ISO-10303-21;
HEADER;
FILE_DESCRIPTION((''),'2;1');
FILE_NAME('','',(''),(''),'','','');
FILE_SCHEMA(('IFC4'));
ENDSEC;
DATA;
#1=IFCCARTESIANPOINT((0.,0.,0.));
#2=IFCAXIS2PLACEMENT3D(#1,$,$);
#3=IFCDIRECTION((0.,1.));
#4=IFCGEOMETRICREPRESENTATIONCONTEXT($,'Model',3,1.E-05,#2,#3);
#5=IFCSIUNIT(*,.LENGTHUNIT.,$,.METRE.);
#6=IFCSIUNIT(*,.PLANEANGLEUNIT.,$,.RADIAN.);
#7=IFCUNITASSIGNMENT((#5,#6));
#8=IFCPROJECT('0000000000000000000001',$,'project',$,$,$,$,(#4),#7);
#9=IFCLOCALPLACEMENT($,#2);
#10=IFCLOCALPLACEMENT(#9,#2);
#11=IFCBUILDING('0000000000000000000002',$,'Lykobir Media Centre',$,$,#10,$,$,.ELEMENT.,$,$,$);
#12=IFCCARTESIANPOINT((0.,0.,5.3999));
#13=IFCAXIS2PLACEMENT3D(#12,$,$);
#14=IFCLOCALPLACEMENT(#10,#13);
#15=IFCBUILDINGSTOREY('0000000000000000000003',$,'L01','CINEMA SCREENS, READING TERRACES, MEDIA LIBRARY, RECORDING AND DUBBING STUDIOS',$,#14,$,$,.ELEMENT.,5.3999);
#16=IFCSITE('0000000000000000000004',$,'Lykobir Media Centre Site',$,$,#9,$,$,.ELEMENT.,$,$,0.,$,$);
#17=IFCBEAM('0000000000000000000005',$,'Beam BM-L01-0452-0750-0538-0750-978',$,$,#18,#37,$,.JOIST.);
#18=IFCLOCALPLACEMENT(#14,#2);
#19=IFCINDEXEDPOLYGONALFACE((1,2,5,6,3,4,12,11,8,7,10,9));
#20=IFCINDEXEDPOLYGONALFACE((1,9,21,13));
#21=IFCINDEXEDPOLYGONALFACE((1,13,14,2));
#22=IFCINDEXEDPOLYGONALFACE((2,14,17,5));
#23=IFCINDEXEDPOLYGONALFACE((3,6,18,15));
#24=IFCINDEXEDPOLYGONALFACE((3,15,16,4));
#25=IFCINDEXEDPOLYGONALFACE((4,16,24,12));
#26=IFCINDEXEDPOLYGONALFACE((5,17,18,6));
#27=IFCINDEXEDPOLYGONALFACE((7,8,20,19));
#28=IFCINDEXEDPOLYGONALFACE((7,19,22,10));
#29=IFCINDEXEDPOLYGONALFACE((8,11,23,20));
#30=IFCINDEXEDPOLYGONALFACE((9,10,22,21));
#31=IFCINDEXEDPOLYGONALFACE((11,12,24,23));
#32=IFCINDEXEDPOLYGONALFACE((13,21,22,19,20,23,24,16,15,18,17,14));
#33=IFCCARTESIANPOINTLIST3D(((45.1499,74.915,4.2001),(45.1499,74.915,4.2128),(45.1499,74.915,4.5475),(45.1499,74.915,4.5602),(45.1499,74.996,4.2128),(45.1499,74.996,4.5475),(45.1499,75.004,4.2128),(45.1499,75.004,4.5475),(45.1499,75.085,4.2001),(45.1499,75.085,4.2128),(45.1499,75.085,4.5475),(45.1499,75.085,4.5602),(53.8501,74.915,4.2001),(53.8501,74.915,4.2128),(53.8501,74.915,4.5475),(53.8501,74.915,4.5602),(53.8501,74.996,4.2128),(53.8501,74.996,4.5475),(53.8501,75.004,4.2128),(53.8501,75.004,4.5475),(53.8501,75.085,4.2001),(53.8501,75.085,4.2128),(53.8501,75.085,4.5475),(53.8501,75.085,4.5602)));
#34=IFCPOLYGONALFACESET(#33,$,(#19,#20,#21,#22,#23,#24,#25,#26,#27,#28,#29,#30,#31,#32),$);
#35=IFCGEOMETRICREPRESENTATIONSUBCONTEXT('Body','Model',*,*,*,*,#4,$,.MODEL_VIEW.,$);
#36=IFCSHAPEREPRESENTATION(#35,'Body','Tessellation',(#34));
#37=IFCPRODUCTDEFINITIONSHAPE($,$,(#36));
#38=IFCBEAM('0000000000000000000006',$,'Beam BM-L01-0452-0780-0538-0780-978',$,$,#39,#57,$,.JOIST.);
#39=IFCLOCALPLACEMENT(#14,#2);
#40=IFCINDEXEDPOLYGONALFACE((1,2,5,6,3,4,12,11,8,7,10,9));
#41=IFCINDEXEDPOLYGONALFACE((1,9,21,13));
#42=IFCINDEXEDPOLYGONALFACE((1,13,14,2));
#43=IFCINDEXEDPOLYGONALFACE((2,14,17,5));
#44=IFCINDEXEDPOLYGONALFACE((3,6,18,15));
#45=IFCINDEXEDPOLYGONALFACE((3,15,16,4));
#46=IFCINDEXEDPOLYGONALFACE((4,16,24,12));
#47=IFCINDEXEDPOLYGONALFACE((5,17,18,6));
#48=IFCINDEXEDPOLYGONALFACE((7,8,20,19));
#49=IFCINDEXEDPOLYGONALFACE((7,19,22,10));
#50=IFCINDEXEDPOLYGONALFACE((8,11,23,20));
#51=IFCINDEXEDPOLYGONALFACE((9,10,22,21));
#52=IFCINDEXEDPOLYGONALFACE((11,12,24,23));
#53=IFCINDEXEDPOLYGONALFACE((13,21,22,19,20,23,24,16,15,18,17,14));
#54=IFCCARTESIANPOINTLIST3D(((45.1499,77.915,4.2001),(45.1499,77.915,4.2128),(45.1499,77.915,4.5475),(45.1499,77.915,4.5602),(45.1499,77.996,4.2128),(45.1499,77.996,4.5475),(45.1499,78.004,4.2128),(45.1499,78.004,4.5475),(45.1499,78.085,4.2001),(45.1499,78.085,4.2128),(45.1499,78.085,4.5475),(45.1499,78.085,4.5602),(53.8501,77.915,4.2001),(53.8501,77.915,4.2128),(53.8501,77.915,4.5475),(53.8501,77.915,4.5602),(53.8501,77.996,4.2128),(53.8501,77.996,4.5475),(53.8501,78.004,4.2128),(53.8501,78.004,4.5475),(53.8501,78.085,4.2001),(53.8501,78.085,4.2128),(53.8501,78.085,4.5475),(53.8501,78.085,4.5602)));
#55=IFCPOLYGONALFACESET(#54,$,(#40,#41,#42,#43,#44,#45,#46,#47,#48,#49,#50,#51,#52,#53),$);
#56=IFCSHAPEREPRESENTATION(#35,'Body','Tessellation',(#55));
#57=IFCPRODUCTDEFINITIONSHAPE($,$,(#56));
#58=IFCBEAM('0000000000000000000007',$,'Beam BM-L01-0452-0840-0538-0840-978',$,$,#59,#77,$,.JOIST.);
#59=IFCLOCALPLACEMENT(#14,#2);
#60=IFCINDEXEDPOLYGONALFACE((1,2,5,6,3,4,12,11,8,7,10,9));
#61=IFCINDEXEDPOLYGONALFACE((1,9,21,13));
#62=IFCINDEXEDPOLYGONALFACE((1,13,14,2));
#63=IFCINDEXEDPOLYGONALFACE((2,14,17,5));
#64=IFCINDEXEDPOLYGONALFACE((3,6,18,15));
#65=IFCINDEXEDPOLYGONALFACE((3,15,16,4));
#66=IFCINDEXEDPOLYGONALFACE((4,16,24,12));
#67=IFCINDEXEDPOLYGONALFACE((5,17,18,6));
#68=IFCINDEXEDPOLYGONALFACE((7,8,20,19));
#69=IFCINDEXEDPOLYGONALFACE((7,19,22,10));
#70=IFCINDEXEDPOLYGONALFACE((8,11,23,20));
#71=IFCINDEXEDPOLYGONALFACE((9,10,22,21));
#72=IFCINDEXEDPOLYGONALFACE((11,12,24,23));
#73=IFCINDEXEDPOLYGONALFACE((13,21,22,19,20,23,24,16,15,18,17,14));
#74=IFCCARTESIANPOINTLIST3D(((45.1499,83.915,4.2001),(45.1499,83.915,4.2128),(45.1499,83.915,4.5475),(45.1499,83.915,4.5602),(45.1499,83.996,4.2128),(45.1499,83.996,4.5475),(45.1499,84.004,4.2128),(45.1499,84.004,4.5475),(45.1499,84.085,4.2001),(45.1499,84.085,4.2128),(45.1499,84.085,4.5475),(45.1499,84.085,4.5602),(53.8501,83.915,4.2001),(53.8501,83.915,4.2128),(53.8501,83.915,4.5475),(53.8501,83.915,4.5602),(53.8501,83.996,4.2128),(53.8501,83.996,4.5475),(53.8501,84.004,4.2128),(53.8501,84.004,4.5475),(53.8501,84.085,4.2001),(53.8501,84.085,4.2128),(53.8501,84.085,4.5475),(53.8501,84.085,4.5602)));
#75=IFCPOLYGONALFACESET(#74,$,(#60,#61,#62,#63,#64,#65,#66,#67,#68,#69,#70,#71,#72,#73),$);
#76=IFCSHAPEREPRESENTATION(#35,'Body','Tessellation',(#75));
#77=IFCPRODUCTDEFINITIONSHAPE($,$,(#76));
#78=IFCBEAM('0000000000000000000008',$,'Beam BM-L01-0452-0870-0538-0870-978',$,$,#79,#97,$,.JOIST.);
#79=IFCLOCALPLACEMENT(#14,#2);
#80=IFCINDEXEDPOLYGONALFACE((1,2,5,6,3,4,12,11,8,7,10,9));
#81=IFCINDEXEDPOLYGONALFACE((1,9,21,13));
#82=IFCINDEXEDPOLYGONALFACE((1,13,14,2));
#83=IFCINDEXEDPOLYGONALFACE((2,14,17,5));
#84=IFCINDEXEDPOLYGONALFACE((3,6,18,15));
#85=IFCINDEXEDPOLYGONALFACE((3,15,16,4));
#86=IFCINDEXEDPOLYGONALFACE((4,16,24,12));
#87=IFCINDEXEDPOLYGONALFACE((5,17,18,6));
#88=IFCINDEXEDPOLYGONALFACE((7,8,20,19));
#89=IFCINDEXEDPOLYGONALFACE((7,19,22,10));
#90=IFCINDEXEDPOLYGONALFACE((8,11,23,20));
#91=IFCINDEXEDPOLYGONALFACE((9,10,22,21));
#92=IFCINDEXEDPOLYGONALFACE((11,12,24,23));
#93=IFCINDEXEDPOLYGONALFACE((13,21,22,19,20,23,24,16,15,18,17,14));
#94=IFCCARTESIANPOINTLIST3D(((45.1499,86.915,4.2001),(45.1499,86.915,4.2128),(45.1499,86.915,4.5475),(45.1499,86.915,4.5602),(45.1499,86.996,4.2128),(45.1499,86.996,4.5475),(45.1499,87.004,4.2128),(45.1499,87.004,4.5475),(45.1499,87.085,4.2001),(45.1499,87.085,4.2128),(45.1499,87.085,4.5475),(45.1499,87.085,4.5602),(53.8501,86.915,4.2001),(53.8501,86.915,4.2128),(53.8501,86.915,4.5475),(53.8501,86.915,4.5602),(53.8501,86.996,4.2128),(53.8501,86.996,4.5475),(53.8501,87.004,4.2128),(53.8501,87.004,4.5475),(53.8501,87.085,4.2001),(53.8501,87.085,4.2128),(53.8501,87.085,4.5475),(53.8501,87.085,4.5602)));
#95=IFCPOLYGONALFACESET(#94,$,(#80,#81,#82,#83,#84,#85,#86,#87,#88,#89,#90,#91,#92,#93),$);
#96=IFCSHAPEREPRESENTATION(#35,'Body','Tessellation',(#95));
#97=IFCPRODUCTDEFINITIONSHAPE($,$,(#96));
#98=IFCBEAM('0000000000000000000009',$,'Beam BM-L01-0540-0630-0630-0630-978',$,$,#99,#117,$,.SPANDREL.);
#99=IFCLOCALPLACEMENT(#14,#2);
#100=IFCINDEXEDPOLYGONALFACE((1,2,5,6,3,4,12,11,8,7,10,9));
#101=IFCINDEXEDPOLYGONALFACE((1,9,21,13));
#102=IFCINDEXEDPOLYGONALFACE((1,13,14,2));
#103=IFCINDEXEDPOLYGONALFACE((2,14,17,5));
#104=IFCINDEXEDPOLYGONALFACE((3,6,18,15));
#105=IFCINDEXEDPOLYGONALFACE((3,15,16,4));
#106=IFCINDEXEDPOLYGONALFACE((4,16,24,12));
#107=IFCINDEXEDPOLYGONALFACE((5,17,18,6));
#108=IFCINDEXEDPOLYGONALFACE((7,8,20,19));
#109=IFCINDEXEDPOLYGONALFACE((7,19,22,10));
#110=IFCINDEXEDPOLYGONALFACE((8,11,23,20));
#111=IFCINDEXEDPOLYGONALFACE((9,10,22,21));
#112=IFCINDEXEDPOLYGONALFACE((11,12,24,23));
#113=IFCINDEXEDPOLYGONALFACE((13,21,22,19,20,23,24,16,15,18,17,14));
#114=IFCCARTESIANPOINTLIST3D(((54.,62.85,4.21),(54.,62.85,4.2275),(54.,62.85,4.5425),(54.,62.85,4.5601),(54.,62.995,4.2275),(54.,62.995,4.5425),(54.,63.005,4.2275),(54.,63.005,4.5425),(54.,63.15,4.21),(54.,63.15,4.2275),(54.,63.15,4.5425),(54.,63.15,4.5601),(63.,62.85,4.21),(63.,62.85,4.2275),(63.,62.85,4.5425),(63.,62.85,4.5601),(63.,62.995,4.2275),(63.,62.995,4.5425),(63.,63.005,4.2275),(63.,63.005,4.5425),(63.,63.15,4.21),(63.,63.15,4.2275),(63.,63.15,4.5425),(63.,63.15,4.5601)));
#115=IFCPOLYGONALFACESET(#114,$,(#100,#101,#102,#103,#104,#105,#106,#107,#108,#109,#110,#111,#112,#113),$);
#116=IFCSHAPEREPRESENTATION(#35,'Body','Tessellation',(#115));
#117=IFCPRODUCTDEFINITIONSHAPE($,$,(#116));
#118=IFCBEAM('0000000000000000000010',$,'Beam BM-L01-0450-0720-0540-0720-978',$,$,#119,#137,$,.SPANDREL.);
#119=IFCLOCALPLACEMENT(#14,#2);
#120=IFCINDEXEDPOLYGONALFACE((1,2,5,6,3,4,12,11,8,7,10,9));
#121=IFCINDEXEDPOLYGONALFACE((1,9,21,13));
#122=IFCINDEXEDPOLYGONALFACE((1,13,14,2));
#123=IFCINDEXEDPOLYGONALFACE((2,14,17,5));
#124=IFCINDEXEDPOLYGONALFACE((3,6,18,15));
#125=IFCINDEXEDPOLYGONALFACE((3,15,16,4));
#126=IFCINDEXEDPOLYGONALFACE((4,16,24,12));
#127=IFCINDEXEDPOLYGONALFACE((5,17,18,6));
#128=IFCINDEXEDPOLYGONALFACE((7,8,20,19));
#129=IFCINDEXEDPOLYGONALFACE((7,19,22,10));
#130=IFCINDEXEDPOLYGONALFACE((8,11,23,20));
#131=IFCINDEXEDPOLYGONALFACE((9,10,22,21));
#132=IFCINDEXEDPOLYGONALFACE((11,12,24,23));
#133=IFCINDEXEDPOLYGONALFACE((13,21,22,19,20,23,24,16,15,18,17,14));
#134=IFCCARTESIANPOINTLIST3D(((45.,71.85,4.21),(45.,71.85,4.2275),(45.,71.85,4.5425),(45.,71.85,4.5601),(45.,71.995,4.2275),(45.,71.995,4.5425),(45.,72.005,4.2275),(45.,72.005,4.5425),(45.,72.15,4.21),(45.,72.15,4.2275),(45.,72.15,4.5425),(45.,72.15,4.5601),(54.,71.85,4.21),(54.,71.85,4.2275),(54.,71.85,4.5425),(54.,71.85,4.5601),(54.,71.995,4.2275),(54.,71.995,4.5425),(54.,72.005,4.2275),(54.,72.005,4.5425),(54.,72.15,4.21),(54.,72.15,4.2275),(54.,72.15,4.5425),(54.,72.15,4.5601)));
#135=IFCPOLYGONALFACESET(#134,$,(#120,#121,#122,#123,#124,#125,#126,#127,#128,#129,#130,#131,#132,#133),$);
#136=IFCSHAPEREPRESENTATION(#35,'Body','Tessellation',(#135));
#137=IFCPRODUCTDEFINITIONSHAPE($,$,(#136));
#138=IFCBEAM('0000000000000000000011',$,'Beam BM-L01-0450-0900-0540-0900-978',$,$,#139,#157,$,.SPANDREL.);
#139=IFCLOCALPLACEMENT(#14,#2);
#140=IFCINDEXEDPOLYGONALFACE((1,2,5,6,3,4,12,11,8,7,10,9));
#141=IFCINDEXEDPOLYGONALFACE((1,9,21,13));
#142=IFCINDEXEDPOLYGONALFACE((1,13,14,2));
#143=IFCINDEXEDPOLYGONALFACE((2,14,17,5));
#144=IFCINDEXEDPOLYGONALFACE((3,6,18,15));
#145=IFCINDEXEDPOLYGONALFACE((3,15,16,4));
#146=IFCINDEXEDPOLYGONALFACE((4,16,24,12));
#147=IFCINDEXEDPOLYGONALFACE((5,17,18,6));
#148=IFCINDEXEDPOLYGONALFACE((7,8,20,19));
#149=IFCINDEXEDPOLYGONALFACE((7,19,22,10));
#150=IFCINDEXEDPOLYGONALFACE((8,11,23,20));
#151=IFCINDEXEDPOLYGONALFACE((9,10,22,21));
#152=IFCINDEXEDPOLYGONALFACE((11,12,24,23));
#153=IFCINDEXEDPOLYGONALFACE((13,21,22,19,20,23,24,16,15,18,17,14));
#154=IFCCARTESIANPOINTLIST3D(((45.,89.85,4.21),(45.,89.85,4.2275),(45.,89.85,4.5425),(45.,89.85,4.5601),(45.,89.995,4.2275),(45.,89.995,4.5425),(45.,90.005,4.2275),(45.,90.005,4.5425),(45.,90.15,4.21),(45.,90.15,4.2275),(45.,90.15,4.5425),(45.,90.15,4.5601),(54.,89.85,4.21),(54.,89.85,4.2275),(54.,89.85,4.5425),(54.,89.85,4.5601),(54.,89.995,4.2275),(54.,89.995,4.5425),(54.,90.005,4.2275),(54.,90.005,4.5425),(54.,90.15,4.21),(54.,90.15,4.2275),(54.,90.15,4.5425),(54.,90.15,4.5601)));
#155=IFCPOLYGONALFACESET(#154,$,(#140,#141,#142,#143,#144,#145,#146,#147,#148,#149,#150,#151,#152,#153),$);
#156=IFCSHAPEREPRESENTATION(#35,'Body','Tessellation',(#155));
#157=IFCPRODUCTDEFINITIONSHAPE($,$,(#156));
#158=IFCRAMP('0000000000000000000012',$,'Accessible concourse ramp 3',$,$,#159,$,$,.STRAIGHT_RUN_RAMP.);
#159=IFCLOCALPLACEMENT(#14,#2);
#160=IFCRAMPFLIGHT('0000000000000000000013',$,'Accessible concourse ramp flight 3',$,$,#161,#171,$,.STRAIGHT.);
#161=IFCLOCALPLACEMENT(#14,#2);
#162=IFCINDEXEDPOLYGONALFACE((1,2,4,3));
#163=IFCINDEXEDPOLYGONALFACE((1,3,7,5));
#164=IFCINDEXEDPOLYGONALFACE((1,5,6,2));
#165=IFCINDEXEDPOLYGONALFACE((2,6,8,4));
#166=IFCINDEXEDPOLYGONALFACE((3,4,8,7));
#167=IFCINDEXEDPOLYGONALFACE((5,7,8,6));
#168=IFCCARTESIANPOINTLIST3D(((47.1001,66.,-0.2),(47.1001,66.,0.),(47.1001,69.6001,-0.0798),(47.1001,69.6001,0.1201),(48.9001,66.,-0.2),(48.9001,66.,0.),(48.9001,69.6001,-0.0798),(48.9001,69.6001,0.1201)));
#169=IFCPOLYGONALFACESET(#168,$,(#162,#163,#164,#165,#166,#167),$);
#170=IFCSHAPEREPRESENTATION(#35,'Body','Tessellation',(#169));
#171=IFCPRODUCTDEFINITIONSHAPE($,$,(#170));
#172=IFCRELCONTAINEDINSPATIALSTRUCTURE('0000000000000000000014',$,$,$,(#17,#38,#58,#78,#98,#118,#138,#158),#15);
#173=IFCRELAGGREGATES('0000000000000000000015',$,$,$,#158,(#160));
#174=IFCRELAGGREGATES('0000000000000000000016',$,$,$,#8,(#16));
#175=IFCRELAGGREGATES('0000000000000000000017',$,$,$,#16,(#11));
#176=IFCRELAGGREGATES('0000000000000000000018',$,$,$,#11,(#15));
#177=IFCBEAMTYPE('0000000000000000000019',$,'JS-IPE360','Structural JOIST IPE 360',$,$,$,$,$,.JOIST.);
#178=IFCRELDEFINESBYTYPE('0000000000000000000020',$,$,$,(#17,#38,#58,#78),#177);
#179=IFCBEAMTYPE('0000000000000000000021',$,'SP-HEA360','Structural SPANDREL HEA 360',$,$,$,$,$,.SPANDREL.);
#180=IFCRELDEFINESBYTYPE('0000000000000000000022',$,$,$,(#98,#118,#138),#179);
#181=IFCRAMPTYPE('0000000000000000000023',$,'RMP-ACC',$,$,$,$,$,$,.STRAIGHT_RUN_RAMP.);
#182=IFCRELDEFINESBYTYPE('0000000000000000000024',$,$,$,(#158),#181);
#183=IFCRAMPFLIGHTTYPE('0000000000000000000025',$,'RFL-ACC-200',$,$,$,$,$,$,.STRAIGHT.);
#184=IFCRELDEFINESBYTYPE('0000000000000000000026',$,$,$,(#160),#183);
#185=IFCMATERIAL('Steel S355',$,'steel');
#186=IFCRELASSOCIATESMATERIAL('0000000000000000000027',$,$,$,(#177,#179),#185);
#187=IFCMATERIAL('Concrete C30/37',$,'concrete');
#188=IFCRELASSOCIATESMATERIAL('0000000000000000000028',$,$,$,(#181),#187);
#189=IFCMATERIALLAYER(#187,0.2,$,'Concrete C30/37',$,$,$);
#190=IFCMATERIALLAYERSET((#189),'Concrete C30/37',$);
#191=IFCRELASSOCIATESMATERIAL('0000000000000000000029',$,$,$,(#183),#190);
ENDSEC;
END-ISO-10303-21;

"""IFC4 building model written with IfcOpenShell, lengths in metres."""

from ifc_helpers import new_model, si_unit, direction, frame, origin, origin_2d, place, context, subcontext, project, spatial, polyline, i_section, outline, extrude, material, layer, layer_set, material_profile, profile_set, type_object, element, aggregate, save


model = new_model("IFC4")

# Units and contexts
model_context = context("Model", 3, precision=1e-05, world=origin(), true_north=direction((0.0, 1.0)))
body_context = subcontext(model_context, "Body", "Model", "MODEL_VIEW")
ifc_project = project(units=[si_unit("LENGTHUNIT", "METRE"), si_unit("PLANEANGLEUNIT", "RADIAN")], contexts=[model_context])

# Site, building, storey
site_placement = place(None, origin())
site = spatial("IfcSite", under=ifc_project, at=site_placement, Name="Lykobir Media Centre Site", CompositionType="ELEMENT", RefElevation=0.0)
building_placement = place(site_placement, origin())
building = spatial("IfcBuilding", under=site, at=building_placement, Name="Lykobir Media Centre", CompositionType="ELEMENT")
storey_placement = place(building_placement, frame((0.0, 0.0, 5.3999)))
storey = spatial("IfcBuildingStorey", under=building, at=storey_placement, Name="L01", Description="CINEMA SCREENS, READING TERRACES, MEDIA LIBRARY, RECORDING AND DUBBING STUDIOS", CompositionType="ELEMENT", Elevation=5.3999)

# Shared definitions
ifc_material_1 = material(Name="Steel S355", Category="steel")

# Beams
ifc_material_profile_1 = material_profile(ifc_material_1, i_section(OverallWidth=0.1699, OverallDepth=0.3601, WebThickness=0.0081, FlangeThickness=0.0127, at=origin_2d()), Name="IPE 360")
ifc_profile_set_1 = profile_set([ifc_material_profile_1], Name="Steel S355")
beam_type_1 = type_object("IfcBeamType", Name="JS-IPE360", Description="Structural JOIST IPE 360", PredefinedType="JOIST", material=ifc_profile_set_1)
for number, where, z_axis, x_axis, name in (
    (1, (45.1499, 75.0, 4.3801), (1.0, 0.0, 0.0), (0.0, 1.0, 0.0), "Beam BM-L01-0452-0750-0538-0750-978"),
    (2, (45.1499, 78.0, 4.3801), (1.0, 0.0, 0.0), (0.0, 1.0, 0.0), "Beam BM-L01-0452-0780-0538-0780-978"),
    (3, (45.1499, 84.0, 4.3801), (1.0, 0.0, 0.0), (0.0, 1.0, 0.0), "Beam BM-L01-0452-0840-0538-0840-978"),
    (4, (45.1499, 87.0, 4.3801), (1.0, 0.0, 0.0), (0.0, 1.0, 0.0), "Beam BM-L01-0452-0870-0538-0870-978"),
):
    element("IfcBeam", number, at=place(storey_placement, frame(where, z_axis=z_axis, x_axis=x_axis)), inside=storey, type_object=beam_type_1, Name=name, PredefinedType="JOIST", context=body_context, shape_type="SweptSolid", body=[
        extrude(i_section(OverallWidth=0.1699, OverallDepth=0.3601, WebThickness=0.0081, FlangeThickness=0.0127, at=origin_2d()), origin(), (0.0, 0.0, 1.0), 8.7002),
    ])
ifc_material_profile_2 = material_profile(ifc_material_1, i_section(OverallWidth=0.3, OverallDepth=0.3501, WebThickness=0.01, FlangeThickness=0.0176, at=origin_2d()), Name="HEA 360")
ifc_profile_set_2 = profile_set([ifc_material_profile_2], Name="Steel S355")
beam_type_2 = type_object("IfcBeamType", Name="SP-HEA360", Description="Structural SPANDREL HEA 360", PredefinedType="SPANDREL", material=ifc_profile_set_2)
for number, where, z_axis, x_axis, name in (
    (5, (54.0, 63.0, 4.385), (1.0, 0.0, 0.0), (0.0, 1.0, 0.0), "Beam BM-L01-0540-0630-0630-0630-978"),
    (6, (45.0, 72.0, 4.385), (1.0, 0.0, 0.0), (0.0, 1.0, 0.0), "Beam BM-L01-0450-0720-0540-0720-978"),
    (7, (45.0, 90.0, 4.385), (1.0, 0.0, 0.0), (0.0, 1.0, 0.0), "Beam BM-L01-0450-0900-0540-0900-978"),
):
    element("IfcBeam", number, at=place(storey_placement, frame(where, z_axis=z_axis, x_axis=x_axis)), inside=storey, type_object=beam_type_2, Name=name, PredefinedType="SPANDREL", context=body_context, shape_type="SweptSolid", body=[
        extrude(i_section(OverallWidth=0.3, OverallDepth=0.3501, WebThickness=0.01, FlangeThickness=0.0176, at=origin_2d()), origin(), (0.0, 0.0, 1.0), 9.0),
    ])

# Ramp, ramp flight
ifc_material_2 = material(Name="Concrete C30/37", Category="concrete")
ramp_type = type_object("IfcRampType", Name="RMP-ACC", PredefinedType="STRAIGHT_RUN_RAMP", material=ifc_material_2)
ramp_placement = place(storey_placement, origin())
ramp = element("IfcRamp", 8, at=ramp_placement, inside=storey, type_object=ramp_type, Name="Accessible concourse ramp 3", PredefinedType="STRAIGHT_RUN_RAMP")
ifc_layer = layer(ifc_material_2, 0.2, Name="Concrete C30/37")
ifc_layer_set = layer_set([ifc_layer], Name="Concrete C30/37")
ramp_flight_type = type_object("IfcRampFlightType", Name="RFL-ACC-200", PredefinedType="STRAIGHT", material=ifc_layer_set)
ramp_flight_placement = place(storey_placement, frame((48.0, 66.0, 0.0), z_axis=(0.0, 0.0, 1.0), x_axis=(0.0, 1.0, 0.0)))
ramp_flight = element("IfcRampFlight", 9, at=ramp_flight_placement, type_object=ramp_flight_type, Name="Accessible concourse ramp flight 3", PredefinedType="STRAIGHT", context=body_context, shape_type="SweptSolid", body=[
    extrude(outline(polyline([(0.0, 0.0), (3.6001, 0.1201), (3.6001, -0.0798), (0.0, -0.2), (0.0, 0.0)])), frame((0.0, 0.8999, 0.0), z_axis=(0.0, -1.0, 0.0), x_axis=(1.0, 0.0, 0.0)), (0.0, 0.0, 1.0), 1.8),
])
aggregate(ramp, [ramp_flight])

save(model, "model.ifc")
